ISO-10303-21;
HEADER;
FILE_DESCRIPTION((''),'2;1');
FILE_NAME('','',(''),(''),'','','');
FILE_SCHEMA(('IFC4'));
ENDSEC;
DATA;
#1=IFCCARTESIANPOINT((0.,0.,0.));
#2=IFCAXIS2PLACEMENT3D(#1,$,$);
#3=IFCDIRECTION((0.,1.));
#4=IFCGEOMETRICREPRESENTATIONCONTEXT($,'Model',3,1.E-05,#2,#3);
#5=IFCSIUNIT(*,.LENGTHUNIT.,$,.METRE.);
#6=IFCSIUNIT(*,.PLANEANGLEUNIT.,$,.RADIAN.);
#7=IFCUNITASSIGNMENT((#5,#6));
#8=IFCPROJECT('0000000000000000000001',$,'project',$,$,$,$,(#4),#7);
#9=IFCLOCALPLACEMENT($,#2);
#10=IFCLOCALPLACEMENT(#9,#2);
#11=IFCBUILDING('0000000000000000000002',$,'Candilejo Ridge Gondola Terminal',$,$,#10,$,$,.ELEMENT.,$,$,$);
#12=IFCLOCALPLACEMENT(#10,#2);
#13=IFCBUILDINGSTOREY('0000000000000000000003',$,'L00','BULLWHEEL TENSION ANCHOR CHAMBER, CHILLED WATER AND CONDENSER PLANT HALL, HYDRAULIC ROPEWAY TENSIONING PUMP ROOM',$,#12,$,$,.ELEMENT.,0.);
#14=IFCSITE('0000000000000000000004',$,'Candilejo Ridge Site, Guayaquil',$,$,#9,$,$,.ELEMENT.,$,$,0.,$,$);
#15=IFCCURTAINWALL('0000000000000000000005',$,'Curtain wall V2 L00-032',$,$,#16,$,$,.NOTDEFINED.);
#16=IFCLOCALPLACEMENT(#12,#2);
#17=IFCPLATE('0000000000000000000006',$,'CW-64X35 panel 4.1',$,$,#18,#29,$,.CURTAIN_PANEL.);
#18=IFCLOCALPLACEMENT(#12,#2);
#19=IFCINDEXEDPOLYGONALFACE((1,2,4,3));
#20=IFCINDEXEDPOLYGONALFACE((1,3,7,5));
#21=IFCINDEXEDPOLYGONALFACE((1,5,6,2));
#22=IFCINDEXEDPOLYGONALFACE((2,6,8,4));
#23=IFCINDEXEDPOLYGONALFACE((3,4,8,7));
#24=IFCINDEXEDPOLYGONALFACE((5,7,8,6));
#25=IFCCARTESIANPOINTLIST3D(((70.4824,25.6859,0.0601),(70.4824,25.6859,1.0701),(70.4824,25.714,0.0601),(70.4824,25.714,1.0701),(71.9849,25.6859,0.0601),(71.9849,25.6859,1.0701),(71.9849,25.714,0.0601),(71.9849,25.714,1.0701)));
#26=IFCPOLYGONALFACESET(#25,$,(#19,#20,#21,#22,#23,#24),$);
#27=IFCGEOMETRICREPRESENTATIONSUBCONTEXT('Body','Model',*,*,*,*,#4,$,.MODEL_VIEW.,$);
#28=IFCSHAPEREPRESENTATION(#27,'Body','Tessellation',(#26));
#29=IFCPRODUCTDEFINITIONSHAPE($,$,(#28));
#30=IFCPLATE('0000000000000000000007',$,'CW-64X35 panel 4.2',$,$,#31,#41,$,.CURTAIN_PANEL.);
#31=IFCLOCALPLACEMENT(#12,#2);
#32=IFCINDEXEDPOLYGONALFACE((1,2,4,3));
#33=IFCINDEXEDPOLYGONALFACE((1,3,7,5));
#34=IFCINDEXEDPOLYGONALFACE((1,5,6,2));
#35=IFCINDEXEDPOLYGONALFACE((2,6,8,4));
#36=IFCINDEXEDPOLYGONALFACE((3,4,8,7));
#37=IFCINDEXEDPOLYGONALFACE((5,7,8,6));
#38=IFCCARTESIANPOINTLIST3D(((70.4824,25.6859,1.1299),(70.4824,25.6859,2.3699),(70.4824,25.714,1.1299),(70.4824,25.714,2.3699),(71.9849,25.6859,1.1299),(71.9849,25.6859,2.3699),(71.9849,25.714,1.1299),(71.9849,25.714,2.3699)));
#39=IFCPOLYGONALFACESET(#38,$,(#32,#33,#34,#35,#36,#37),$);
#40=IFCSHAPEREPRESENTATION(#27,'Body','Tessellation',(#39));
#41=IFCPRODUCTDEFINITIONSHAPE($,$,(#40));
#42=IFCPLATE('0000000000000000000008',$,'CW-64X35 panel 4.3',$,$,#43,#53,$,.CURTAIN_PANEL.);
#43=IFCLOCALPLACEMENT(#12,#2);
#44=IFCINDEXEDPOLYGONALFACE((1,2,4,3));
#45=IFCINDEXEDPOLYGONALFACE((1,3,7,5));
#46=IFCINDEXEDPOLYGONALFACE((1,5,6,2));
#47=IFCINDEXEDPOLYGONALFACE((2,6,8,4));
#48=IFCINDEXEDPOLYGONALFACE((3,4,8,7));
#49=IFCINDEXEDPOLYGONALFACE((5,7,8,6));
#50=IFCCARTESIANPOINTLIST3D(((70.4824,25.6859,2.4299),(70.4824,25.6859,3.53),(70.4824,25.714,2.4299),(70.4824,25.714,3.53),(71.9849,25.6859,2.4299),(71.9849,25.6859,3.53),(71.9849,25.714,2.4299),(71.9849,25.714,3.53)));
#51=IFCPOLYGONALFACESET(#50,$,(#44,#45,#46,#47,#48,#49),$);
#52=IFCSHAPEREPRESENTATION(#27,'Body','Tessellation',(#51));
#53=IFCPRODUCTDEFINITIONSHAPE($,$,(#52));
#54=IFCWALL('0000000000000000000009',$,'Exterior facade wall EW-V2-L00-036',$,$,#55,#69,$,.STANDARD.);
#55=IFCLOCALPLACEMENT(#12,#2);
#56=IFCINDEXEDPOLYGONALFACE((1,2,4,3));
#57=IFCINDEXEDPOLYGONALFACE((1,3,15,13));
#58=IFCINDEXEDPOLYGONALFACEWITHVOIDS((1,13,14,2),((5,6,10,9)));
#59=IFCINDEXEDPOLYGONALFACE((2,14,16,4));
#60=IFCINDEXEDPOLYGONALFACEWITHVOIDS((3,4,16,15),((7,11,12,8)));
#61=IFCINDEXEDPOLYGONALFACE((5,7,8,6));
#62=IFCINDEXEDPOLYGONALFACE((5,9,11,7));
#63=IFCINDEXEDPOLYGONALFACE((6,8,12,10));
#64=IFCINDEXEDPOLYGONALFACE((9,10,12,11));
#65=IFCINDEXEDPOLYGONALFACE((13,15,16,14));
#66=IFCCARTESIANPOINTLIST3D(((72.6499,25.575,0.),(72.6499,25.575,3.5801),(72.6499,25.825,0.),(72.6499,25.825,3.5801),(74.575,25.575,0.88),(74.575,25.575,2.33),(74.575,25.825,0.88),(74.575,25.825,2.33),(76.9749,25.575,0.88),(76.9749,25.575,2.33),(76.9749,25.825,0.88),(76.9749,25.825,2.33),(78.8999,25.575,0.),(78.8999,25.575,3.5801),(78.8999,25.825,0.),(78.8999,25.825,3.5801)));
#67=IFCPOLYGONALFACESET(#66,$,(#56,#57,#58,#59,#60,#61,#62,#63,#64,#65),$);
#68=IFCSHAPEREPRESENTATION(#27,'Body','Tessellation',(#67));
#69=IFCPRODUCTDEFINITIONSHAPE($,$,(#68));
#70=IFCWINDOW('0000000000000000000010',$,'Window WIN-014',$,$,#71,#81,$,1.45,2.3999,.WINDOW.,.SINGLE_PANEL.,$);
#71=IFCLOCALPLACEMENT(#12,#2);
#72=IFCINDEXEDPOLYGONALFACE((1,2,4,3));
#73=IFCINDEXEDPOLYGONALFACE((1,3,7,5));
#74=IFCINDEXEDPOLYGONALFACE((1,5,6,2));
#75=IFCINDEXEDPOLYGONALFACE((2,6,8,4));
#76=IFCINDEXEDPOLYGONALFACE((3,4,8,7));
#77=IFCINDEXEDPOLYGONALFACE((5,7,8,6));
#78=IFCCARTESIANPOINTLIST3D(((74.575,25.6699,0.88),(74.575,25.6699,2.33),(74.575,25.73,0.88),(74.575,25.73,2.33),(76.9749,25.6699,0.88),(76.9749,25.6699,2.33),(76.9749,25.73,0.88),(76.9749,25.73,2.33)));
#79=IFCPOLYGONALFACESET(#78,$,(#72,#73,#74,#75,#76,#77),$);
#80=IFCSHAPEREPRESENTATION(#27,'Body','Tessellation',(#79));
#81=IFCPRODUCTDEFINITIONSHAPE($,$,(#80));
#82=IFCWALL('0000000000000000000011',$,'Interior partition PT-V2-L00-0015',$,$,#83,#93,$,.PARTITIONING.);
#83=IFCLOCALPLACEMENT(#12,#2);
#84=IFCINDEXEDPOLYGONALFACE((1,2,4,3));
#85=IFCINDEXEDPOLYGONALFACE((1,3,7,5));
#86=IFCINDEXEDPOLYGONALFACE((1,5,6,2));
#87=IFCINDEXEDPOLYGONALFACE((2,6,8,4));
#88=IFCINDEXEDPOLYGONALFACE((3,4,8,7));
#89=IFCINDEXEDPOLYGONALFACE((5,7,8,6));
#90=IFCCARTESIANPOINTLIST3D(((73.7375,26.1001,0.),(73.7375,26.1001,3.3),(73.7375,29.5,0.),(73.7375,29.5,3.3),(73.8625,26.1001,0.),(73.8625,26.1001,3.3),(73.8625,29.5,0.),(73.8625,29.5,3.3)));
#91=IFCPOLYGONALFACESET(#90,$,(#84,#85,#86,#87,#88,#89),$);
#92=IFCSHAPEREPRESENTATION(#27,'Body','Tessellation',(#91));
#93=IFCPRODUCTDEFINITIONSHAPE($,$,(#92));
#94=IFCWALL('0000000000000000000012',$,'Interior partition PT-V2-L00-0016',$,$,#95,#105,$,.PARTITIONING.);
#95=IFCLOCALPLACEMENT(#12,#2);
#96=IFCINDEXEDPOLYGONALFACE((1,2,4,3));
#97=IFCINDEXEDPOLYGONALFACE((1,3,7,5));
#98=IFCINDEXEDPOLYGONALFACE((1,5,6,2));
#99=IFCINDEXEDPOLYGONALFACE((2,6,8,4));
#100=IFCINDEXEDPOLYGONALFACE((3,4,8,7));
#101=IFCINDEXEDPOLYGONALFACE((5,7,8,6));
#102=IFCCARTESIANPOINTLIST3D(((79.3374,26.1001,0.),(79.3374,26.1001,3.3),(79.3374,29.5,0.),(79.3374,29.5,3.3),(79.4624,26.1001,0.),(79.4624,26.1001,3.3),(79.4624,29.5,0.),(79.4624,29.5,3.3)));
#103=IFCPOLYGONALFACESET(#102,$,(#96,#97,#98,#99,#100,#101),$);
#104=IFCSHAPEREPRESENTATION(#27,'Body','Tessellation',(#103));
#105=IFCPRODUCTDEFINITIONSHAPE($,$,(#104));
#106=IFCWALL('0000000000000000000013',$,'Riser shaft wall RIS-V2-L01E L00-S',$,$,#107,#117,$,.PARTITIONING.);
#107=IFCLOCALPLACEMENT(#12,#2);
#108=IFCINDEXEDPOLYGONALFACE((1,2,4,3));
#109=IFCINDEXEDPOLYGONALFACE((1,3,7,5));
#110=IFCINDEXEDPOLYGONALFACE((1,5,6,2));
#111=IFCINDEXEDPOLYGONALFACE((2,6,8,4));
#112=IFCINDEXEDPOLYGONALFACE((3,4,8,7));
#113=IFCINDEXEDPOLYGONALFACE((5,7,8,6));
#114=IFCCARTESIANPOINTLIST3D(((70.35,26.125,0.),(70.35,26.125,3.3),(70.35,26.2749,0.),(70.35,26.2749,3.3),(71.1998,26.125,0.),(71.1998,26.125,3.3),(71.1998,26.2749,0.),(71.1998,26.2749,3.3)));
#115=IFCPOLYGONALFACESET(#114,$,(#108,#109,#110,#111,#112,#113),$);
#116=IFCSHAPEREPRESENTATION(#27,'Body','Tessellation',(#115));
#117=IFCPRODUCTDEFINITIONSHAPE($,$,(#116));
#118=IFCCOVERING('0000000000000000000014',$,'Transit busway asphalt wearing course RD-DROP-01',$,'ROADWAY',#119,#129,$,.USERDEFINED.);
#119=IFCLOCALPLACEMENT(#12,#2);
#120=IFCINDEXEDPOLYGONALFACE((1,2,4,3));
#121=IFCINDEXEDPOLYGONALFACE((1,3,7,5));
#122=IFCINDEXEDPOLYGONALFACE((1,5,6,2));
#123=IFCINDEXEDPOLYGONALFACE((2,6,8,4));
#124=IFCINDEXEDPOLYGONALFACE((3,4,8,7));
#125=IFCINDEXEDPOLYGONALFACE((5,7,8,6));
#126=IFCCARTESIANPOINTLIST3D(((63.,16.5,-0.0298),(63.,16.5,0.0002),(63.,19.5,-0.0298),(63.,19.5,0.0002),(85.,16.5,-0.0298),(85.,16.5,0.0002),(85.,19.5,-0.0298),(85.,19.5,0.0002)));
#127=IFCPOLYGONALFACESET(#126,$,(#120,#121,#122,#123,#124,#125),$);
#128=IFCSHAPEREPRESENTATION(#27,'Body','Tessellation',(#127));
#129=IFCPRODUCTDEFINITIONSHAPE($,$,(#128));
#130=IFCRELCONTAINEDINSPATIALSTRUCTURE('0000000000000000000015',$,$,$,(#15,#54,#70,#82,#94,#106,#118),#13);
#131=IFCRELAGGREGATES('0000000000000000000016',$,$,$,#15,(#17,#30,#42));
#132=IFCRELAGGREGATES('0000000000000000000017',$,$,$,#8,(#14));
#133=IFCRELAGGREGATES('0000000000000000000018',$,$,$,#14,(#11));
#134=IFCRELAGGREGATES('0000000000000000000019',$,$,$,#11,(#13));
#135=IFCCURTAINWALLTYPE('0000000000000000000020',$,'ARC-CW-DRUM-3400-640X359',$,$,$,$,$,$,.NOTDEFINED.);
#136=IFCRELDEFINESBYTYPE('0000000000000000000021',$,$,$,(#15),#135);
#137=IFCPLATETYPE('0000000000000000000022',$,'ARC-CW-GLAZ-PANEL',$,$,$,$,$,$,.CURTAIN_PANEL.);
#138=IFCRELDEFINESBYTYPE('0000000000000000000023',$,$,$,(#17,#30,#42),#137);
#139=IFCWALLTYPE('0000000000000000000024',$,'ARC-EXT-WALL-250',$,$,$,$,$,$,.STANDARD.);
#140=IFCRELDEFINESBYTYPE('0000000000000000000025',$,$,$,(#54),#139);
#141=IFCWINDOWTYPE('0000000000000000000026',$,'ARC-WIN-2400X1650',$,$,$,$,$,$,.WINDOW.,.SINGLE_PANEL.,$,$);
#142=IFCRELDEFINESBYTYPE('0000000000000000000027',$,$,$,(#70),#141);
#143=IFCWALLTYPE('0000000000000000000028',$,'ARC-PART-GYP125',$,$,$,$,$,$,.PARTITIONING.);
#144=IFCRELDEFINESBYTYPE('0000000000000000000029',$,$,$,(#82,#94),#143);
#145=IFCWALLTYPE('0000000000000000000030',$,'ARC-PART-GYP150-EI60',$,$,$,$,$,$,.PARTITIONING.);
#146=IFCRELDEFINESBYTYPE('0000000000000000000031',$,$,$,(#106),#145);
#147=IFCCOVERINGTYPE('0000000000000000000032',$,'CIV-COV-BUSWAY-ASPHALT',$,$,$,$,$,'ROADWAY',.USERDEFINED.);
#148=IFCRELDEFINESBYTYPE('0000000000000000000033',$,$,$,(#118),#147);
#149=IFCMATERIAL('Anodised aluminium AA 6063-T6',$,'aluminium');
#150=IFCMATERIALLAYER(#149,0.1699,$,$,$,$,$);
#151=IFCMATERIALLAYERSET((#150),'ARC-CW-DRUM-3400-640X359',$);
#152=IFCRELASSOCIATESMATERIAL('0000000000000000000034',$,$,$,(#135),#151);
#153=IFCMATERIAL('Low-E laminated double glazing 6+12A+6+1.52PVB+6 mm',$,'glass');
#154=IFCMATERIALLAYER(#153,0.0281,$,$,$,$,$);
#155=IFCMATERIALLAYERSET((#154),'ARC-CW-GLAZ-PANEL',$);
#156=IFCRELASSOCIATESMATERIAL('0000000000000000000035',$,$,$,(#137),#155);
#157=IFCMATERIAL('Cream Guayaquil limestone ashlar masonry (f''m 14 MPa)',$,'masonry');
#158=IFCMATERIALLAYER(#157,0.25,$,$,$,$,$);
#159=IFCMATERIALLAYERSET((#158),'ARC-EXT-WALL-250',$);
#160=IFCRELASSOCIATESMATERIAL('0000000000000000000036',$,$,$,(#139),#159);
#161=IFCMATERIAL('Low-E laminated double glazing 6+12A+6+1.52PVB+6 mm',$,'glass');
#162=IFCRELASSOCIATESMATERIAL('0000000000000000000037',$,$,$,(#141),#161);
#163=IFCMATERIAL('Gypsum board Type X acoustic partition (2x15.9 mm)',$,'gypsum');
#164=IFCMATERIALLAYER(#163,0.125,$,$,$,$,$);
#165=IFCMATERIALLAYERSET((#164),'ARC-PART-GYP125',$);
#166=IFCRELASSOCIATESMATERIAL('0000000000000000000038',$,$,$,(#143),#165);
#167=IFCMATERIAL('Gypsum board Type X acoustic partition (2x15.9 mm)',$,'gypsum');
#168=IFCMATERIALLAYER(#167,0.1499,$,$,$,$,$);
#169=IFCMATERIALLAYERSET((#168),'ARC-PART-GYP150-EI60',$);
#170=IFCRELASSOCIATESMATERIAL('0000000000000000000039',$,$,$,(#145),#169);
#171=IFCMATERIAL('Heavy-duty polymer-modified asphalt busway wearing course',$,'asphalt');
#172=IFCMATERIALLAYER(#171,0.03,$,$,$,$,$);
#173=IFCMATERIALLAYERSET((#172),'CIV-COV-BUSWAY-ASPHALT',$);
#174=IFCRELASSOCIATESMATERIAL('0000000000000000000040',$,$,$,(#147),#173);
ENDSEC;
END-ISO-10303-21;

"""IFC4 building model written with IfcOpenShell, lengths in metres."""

from ifc_helpers import new_model, si_unit, direction, frame, frame_2d, origin, origin_2d, place, context, subcontext, project, spatial, rectangle, extrude, material, layer, layer_set, type_object, element, fill, aggregate, save


model = new_model("IFC4")

# Units and contexts
model_context = context("Model", 3, precision=1e-05, world=origin(), true_north=direction((0.0, 1.0)))
body_context = subcontext(model_context, "Body", "Model", "MODEL_VIEW")
ifc_project = project(units=[si_unit("LENGTHUNIT", "METRE"), si_unit("PLANEANGLEUNIT", "RADIAN")], contexts=[model_context])

# Site, building, storey
site_placement = place(None, origin())
site = spatial("IfcSite", under=ifc_project, at=site_placement, Name="Candilejo Ridge Site, Guayaquil", CompositionType="ELEMENT", RefElevation=0.0)
building_placement = place(site_placement, origin())
building = spatial("IfcBuilding", under=site, at=building_placement, Name="Candilejo Ridge Gondola Terminal", CompositionType="ELEMENT")
storey_placement = place(building_placement, origin())
storey = spatial("IfcBuildingStorey", under=building, at=storey_placement, Name="L00", Description="BULLWHEEL TENSION ANCHOR CHAMBER, CHILLED WATER AND CONDENSER PLANT HALL, HYDRAULIC ROPEWAY TENSIONING PUMP ROOM", CompositionType="ELEMENT", Elevation=0.0)

# Curtain wall
ifc_material_1 = material(Name="Anodised aluminium AA 6063-T6", Category="aluminium")
ifc_layer_1 = layer(ifc_material_1, 0.1699)
ifc_layer_set_1 = layer_set([ifc_layer_1], Name="ARC-CW-DRUM-3400-640X359")
curtain_wall_type = type_object("IfcCurtainWallType", Name="ARC-CW-DRUM-3400-640X359", PredefinedType="NOTDEFINED", material=ifc_layer_set_1)
curtain_wall_placement = place(storey_placement, origin())
curtain_wall = element("IfcCurtainWall", 1, at=curtain_wall_placement, inside=storey, type_object=curtain_wall_type, Name="Curtain wall V2 L00-032", PredefinedType="NOTDEFINED")

# Plates
ifc_material_2 = material(Name="Low-E laminated double glazing 6+12A+6+1.52PVB+6 mm", Category="glass")
ifc_layer_2 = layer(ifc_material_2, 0.0281)
ifc_layer_set_2 = layer_set([ifc_layer_2], Name="ARC-CW-GLAZ-PANEL")
plate_type = type_object("IfcPlateType", Name="ARC-CW-GLAZ-PANEL", PredefinedType="CURTAIN_PANEL", material=ifc_layer_set_2)
plate_1_placement = place(storey_placement, frame((71.2336, 25.7, 0.0601), z_axis=(0.0, 0.0, 1.0), x_axis=(1.0, 0.0, 0.0)))
plate_1 = element("IfcPlate", 2, at=plate_1_placement, type_object=plate_type, Name="CW-64X35 panel 4.1", PredefinedType="CURTAIN_PANEL", context=body_context, shape_type="SweptSolid", body=[
    extrude(rectangle(XDim=1.5024, YDim=0.0281, at=origin_2d()), origin(), (0.0, 0.0, 1.0), 1.01),
])
plate_2_placement = place(storey_placement, frame((71.2336, 25.7, 1.1299), z_axis=(0.0, 0.0, 1.0), x_axis=(1.0, 0.0, 0.0)))
plate_2 = element("IfcPlate", 3, at=plate_2_placement, type_object=plate_type, Name="CW-64X35 panel 4.2", PredefinedType="CURTAIN_PANEL", context=body_context, shape_type="SweptSolid", body=[
    extrude(rectangle(XDim=1.5024, YDim=0.0281, at=origin_2d()), origin(), (0.0, 0.0, 1.0), 1.24),
])
plate_3_placement = place(storey_placement, frame((71.2336, 25.7, 2.4299), z_axis=(0.0, 0.0, 1.0), x_axis=(1.0, 0.0, 0.0)))
plate_3 = element("IfcPlate", 4, at=plate_3_placement, type_object=plate_type, Name="CW-64X35 panel 4.3", PredefinedType="CURTAIN_PANEL", context=body_context, shape_type="SweptSolid", body=[
    extrude(rectangle(XDim=1.5024, YDim=0.0281, at=origin_2d()), origin(), (0.0, 0.0, 1.0), 1.1001),
])
aggregate(curtain_wall, [plate_1, plate_2, plate_3])

# Wall, opening, window
ifc_material_3 = material(Name="Cream Guayaquil limestone ashlar masonry (f'm 14 MPa)", Category="masonry")
ifc_layer_3 = layer(ifc_material_3, 0.25)
ifc_layer_set_3 = layer_set([ifc_layer_3], Name="ARC-EXT-WALL-250")
wall_type_1 = type_object("IfcWallType", Name="ARC-EXT-WALL-250", PredefinedType="STANDARD", material=ifc_layer_set_3)
wall_1_placement = place(storey_placement, frame((78.8999, 25.7, 0.0), z_axis=(0.0, 0.0, 1.0), x_axis=(-1.0, 0.0, 0.0)))
wall_1 = element("IfcWall", 5, at=wall_1_placement, inside=storey, type_object=wall_type_1, Name="Exterior facade wall EW-V2-L00-036", PredefinedType="STANDARD", context=body_context, shape_type="SweptSolid", body=[
    extrude(rectangle(XDim=6.25, YDim=0.25, at=frame_2d((3.125, 0.0))), origin(), (0.0, 0.0, 1.0), 3.5801),
])
opening_placement = place(wall_1_placement, frame((1.925, 0.0, 0.8799)))
opening = element("IfcOpeningElement", 6, at=opening_placement, cuts=wall_1, PredefinedType="OPENING", context=body_context, shape_type="SweptSolid", body=[
    extrude(rectangle(XDim=2.3999, YDim=1.45, at=frame_2d((1.2, 0.7251))), frame((0.0, 0.135, 0.0), z_axis=(0.0, -1.0, 0.0), x_axis=(1.0, 0.0, 0.0)), (0.0, 0.0, 1.0), 0.27),
])
ifc_material_4 = material(Name="Low-E laminated double glazing 6+12A+6+1.52PVB+6 mm", Category="glass")
window_type = type_object("IfcWindowType", Name="ARC-WIN-2400X1650", PartitioningType="SINGLE_PANEL", PredefinedType="WINDOW", material=ifc_material_4)
window_placement = place(opening_placement, origin())
window = element("IfcWindow", 7, at=window_placement, inside=storey, type_object=window_type, Name="Window WIN-014", OverallHeight=1.45, OverallWidth=2.3999, PartitioningType="SINGLE_PANEL", PredefinedType="WINDOW", context=body_context, shape_type="SweptSolid", body=[
    extrude(rectangle(XDim=2.3999, YDim=1.45, at=frame_2d((1.2, 0.7251))), frame((0.0, 0.03, 0.0), z_axis=(0.0, -1.0, 0.0), x_axis=(1.0, 0.0, 0.0)), (0.0, 0.0, 1.0), 0.0601),
])
fill(opening, window)

# Walls
ifc_material_5 = material(Name="Gypsum board Type X acoustic partition (2x15.9 mm)", Category="gypsum")
ifc_layer_4 = layer(ifc_material_5, 0.125)
ifc_layer_set_4 = layer_set([ifc_layer_4], Name="ARC-PART-GYP125")
wall_type_2 = type_object("IfcWallType", Name="ARC-PART-GYP125", PredefinedType="PARTITIONING", material=ifc_layer_set_4)
for number, where, z_axis, x_axis, name in (
    (8, (73.8, 26.1001, 0.0), (0.0, 0.0, 1.0), (0.0, 1.0, 0.0), "Interior partition PT-V2-L00-0015"),
    (9, (79.3999, 26.1001, 0.0), (0.0, 0.0, 1.0), (0.0, 1.0, 0.0), "Interior partition PT-V2-L00-0016"),
):
    element("IfcWall", number, at=place(storey_placement, frame(where, z_axis=z_axis, x_axis=x_axis)), inside=storey, type_object=wall_type_2, Name=name, PredefinedType="PARTITIONING", context=body_context, shape_type="SweptSolid", body=[
        extrude(rectangle(XDim=3.3999, YDim=0.125, at=frame_2d((1.7, 0.0))), origin(), (0.0, 0.0, 1.0), 3.3),
    ])
ifc_material_6 = material(Name="Gypsum board Type X acoustic partition (2x15.9 mm)", Category="gypsum")
ifc_layer_5 = layer(ifc_material_6, 0.1499)
ifc_layer_set_5 = layer_set([ifc_layer_5], Name="ARC-PART-GYP150-EI60")
wall_type_3 = type_object("IfcWallType", Name="ARC-PART-GYP150-EI60", PredefinedType="PARTITIONING", material=ifc_layer_set_5)
wall_2_placement = place(storey_placement, frame((70.3501, 26.2, 0.0), z_axis=(0.0, 0.0, 1.0), x_axis=(1.0, 0.0, 0.0)))
element("IfcWall", 10, at=wall_2_placement, inside=storey, type_object=wall_type_3, Name="Riser shaft wall RIS-V2-L01E L00-S", PredefinedType="PARTITIONING", context=body_context, shape_type="SweptSolid", body=[
    extrude(rectangle(XDim=0.8499, YDim=0.1499, at=frame_2d((0.4248, 0.0))), origin(), (0.0, 0.0, 1.0), 3.3),
])

# Covering
ifc_material_7 = material(Name="Heavy-duty polymer-modified asphalt busway wearing course", Category="asphalt")
ifc_layer_6 = layer(ifc_material_7, 0.03)
ifc_layer_set_6 = layer_set([ifc_layer_6], Name="CIV-COV-BUSWAY-ASPHALT")
covering_type = type_object("IfcCoveringType", Name="CIV-COV-BUSWAY-ASPHALT", ElementType="ROADWAY", PredefinedType="USERDEFINED", material=ifc_layer_set_6)
covering_placement = place(storey_placement, frame((74.0, 18.0, -0.0298), z_axis=(0.0, 0.0, 1.0), x_axis=(1.0, 0.0, 0.0)))
element("IfcCovering", 11, at=covering_placement, inside=storey, type_object=covering_type, Name="Transit busway asphalt wearing course RD-DROP-01", ObjectType="ROADWAY", PredefinedType="USERDEFINED", context=body_context, shape_type="SweptSolid", body=[
    extrude(rectangle(XDim=22.0, YDim=3.0, at=origin_2d()), origin(), (0.0, 0.0, 1.0), 0.03),
])

save(model, "model.ifc")
